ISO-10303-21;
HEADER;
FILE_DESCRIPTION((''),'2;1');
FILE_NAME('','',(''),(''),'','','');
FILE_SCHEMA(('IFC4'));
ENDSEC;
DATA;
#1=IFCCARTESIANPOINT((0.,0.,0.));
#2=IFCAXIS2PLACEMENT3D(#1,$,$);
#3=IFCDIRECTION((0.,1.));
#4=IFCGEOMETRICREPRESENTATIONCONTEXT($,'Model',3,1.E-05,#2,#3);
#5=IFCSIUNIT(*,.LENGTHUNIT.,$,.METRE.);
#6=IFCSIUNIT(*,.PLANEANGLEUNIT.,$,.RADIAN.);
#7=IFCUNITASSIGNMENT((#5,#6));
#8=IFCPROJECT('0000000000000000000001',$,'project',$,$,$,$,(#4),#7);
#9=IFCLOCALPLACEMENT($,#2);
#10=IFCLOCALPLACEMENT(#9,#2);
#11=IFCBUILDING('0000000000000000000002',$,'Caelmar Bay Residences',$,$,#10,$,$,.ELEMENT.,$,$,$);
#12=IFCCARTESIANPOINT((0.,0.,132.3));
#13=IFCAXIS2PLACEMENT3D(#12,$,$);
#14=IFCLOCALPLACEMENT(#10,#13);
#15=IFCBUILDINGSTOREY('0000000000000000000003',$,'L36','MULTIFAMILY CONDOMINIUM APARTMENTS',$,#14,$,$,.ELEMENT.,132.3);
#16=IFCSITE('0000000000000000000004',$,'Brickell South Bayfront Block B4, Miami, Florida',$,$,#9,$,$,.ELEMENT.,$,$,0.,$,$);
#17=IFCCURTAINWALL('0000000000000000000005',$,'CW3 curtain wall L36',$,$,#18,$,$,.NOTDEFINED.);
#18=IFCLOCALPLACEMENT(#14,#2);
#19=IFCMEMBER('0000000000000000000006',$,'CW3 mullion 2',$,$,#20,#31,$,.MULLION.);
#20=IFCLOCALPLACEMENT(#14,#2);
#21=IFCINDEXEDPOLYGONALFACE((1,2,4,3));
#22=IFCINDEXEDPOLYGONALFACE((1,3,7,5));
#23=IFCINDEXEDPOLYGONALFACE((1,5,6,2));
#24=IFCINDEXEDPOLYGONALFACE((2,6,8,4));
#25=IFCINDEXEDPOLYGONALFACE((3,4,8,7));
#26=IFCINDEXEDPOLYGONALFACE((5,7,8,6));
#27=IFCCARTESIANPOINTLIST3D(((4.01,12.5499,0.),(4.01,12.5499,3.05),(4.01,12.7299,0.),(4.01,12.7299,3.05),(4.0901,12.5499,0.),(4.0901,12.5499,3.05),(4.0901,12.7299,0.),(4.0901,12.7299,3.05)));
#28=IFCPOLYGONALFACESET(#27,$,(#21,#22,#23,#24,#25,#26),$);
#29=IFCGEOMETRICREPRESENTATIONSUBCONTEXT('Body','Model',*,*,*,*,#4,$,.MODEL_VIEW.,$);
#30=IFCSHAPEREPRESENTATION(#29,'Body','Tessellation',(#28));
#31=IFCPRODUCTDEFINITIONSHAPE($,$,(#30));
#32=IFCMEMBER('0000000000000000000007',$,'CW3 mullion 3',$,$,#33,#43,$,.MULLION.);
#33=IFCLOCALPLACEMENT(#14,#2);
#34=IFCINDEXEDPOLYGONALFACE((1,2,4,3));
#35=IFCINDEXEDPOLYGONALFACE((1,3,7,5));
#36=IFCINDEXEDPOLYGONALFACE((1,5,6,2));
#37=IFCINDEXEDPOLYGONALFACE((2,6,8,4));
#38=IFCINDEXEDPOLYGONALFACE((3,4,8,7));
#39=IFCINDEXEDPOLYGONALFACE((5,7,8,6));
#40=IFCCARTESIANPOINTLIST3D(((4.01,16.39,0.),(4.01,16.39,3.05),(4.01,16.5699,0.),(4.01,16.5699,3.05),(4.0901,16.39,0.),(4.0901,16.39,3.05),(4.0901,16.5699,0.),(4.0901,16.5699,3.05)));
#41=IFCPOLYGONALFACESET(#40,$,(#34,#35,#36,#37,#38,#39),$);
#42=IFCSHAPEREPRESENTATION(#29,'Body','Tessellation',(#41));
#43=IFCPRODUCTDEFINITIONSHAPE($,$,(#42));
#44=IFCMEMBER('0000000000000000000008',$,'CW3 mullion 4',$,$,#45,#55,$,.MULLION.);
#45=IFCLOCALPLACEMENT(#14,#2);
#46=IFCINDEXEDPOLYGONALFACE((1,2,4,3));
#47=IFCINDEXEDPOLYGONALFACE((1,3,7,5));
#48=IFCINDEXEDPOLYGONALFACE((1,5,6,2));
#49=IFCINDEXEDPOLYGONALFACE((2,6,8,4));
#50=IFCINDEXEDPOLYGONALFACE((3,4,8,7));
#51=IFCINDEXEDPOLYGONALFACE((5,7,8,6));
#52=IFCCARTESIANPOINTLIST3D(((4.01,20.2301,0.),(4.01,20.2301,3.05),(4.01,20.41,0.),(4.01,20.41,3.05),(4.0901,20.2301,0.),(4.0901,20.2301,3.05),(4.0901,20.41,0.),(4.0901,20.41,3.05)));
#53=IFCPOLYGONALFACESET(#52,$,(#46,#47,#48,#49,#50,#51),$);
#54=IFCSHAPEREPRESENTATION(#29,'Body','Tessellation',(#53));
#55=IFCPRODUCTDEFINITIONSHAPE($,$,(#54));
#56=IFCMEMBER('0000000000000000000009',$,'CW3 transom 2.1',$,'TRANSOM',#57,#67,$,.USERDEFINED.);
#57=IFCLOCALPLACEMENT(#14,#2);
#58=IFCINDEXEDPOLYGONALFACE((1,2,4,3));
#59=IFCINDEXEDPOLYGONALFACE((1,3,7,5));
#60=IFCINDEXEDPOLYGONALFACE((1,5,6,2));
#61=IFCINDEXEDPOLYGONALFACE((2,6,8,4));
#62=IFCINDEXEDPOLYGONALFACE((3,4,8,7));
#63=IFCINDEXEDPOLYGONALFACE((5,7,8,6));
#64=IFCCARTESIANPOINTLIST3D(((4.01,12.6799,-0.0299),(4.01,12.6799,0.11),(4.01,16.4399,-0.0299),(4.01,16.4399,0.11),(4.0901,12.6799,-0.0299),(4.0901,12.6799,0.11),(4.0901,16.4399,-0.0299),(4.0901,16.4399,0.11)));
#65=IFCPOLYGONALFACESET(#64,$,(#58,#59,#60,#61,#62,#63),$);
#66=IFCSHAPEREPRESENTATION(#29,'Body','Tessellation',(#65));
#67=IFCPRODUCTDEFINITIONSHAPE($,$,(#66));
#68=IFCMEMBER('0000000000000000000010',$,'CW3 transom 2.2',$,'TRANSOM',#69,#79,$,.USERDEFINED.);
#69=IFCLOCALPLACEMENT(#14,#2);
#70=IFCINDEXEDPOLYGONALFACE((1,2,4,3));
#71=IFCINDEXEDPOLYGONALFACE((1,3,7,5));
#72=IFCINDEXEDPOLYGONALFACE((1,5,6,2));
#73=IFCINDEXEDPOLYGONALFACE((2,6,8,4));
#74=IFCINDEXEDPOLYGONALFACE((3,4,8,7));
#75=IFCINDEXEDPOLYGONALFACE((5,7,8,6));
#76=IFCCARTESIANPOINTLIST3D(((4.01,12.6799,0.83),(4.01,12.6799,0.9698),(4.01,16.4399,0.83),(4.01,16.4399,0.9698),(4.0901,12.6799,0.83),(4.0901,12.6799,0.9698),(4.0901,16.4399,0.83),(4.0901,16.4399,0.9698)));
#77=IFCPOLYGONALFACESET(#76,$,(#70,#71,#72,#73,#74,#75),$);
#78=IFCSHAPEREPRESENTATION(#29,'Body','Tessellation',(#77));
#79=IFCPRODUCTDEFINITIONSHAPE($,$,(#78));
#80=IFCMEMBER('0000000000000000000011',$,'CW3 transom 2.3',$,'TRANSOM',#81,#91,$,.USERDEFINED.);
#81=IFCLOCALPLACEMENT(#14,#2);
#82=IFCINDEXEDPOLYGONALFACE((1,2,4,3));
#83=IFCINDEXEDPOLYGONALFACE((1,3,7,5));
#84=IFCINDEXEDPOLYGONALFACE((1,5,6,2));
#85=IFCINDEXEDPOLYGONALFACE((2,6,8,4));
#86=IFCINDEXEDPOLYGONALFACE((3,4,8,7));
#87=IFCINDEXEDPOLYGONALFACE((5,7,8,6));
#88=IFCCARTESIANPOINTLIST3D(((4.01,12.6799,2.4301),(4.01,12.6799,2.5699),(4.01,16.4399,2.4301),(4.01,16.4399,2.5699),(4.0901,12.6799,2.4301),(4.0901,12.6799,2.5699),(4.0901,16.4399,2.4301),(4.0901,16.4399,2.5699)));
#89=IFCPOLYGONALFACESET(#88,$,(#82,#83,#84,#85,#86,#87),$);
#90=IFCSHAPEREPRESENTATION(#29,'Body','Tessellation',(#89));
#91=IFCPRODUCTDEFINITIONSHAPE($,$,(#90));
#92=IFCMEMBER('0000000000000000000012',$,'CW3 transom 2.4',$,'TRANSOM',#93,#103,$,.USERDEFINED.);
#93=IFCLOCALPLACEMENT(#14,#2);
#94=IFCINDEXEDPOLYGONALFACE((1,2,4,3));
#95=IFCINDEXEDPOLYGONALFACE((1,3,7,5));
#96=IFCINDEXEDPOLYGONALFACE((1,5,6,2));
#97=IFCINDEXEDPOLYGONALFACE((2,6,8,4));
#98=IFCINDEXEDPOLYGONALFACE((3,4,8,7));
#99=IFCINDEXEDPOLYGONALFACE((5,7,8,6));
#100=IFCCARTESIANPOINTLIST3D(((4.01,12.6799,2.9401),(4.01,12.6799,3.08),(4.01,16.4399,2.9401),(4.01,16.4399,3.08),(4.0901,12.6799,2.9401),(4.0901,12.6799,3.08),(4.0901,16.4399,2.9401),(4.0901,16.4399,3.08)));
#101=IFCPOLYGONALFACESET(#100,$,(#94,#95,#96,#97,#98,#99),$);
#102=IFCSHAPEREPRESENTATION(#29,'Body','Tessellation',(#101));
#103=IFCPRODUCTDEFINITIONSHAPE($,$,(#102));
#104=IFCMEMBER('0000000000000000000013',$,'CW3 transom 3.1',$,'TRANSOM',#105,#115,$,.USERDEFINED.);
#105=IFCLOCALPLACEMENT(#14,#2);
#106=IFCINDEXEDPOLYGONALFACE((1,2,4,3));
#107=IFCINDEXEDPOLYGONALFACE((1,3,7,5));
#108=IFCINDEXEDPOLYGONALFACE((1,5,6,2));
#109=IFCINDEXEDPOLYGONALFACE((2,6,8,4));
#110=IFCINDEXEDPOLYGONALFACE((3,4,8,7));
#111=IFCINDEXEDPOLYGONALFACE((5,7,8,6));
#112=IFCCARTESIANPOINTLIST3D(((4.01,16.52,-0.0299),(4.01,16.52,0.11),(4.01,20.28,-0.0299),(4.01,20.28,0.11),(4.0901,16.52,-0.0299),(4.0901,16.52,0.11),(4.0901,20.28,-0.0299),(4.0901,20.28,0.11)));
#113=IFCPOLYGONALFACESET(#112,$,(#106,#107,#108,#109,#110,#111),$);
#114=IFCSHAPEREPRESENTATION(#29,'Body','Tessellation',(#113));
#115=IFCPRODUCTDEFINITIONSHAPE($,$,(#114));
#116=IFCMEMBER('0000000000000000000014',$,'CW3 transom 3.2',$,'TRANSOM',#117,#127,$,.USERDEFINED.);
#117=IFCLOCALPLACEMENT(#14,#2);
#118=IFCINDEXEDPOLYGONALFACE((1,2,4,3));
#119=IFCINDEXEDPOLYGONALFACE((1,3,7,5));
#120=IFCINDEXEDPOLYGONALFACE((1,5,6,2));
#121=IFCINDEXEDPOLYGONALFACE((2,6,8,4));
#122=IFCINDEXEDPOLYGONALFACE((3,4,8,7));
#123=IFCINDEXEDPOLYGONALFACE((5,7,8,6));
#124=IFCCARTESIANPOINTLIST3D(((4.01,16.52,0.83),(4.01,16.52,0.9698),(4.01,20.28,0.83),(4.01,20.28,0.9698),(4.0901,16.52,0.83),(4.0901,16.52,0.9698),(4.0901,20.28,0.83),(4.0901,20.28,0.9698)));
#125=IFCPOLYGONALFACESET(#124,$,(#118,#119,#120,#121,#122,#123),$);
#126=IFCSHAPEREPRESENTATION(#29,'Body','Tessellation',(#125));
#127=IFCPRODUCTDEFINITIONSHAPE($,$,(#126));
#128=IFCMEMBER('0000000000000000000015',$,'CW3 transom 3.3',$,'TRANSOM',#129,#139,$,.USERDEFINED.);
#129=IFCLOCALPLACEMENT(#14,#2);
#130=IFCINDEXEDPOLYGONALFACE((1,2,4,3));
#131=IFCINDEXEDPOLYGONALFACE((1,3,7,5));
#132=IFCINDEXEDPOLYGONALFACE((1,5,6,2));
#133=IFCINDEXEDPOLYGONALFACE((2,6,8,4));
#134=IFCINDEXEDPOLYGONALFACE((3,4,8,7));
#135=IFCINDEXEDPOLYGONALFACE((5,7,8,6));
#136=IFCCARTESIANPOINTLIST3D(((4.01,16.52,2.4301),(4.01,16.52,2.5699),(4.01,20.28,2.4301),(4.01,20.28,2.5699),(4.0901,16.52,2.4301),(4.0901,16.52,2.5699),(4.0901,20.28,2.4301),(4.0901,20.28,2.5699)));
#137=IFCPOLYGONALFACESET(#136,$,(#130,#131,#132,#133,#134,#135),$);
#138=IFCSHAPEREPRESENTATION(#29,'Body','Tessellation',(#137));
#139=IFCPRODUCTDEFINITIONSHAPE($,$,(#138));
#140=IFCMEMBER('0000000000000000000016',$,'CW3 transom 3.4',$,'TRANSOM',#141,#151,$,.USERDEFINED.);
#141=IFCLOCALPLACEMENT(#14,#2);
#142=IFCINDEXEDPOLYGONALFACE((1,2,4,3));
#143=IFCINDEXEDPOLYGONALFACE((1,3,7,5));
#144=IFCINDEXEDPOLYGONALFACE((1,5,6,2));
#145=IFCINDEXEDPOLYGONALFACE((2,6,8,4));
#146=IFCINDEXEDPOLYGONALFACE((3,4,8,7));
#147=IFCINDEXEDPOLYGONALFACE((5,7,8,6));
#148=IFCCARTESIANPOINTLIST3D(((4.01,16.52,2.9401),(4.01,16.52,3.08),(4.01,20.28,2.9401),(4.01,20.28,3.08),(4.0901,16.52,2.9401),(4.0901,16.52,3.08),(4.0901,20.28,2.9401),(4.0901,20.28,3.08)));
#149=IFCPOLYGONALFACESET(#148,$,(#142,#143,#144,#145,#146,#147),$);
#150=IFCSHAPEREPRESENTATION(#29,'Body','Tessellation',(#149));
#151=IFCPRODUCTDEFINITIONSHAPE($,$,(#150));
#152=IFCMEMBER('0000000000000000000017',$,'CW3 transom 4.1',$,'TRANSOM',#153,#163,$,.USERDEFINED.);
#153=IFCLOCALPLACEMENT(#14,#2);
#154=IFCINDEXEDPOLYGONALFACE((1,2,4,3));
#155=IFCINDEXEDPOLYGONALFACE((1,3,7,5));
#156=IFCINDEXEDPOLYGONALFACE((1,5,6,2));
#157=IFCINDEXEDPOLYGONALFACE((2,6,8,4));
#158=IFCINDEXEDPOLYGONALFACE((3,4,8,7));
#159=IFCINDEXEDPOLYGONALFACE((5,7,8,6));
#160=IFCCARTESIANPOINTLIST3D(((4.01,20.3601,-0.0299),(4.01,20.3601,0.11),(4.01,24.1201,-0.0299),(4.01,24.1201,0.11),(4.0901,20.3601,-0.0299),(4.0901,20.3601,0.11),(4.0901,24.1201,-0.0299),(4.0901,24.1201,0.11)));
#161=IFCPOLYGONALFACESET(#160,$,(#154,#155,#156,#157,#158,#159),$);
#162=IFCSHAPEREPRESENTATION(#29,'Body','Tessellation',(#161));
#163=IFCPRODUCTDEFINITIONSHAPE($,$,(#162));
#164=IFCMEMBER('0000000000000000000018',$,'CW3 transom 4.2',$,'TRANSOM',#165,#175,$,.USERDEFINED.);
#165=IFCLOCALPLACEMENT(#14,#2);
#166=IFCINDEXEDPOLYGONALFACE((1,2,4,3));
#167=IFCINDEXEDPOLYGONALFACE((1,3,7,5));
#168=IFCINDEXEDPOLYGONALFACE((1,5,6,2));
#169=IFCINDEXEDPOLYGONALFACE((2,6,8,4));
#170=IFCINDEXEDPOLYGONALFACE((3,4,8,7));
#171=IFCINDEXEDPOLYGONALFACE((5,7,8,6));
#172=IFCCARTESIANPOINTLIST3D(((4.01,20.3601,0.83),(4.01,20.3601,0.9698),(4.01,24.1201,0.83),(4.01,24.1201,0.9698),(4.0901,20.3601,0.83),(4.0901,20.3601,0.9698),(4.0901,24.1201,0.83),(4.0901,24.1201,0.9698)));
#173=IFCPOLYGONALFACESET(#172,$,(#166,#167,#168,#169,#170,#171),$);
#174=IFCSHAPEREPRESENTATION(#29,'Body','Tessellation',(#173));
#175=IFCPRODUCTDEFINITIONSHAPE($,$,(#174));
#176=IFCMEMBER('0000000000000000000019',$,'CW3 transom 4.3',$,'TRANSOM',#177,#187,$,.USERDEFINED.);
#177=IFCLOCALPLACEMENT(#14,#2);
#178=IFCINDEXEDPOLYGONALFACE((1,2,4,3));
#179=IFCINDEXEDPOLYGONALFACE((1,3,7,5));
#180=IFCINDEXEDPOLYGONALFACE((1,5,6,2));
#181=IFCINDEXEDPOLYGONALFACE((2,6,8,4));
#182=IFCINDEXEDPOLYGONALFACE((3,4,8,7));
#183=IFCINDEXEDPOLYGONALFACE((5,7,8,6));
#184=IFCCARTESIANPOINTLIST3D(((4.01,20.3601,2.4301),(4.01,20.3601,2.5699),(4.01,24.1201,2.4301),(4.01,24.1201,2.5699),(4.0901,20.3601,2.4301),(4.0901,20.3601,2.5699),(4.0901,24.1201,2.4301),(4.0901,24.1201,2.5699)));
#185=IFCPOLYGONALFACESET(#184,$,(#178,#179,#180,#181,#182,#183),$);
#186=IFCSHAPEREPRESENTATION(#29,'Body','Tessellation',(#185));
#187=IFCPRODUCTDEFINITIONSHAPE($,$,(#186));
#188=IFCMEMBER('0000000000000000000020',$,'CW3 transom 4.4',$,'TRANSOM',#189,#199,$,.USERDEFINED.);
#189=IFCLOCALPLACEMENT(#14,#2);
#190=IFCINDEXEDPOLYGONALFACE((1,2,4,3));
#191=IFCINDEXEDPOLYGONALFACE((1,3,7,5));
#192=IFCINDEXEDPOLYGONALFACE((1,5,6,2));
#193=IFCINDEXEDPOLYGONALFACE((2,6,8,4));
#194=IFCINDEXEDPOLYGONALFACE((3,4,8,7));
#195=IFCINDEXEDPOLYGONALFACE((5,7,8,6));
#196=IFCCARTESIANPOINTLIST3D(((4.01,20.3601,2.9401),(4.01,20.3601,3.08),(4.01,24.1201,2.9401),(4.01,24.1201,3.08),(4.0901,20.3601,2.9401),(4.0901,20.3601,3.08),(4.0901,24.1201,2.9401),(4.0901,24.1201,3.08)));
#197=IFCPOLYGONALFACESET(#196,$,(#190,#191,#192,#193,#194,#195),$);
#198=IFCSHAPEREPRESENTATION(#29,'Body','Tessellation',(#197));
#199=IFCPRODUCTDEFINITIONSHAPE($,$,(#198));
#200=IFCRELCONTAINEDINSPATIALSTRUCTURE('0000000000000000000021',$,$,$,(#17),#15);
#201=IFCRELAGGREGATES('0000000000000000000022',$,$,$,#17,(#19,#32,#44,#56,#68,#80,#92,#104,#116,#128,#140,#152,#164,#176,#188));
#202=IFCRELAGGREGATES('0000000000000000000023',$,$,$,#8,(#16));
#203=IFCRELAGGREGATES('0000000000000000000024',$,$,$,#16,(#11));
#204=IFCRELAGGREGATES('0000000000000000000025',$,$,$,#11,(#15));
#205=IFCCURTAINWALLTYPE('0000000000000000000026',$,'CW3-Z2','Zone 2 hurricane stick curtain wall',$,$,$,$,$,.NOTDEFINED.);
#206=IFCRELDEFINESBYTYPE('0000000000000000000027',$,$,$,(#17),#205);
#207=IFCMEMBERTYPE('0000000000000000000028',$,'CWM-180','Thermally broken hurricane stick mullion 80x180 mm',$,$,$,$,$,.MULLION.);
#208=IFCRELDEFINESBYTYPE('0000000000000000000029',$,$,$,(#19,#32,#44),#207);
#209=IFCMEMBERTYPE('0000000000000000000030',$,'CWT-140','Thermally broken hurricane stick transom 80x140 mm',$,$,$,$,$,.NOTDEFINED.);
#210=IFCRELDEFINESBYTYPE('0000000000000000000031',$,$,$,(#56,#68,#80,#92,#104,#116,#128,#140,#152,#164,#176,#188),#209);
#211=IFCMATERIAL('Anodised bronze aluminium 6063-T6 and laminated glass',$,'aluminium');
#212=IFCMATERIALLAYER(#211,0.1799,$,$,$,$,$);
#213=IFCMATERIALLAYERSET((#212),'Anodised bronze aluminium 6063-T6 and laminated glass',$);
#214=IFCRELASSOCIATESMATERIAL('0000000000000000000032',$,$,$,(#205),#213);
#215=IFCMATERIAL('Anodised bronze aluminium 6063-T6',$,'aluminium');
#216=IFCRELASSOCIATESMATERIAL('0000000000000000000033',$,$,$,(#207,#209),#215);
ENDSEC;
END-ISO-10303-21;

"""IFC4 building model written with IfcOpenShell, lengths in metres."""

from ifc_helpers import new_model, si_unit, direction, frame, origin, origin_2d, place, context, subcontext, project, spatial, rectangle, extrude, material, layer, layer_set, material_profile, profile_set, type_object, element, aggregate, save


model = new_model("IFC4")

# Units and contexts
model_context = context("Model", 3, precision=1e-05, world=origin(), true_north=direction((0.0, 1.0)))
body_context = subcontext(model_context, "Body", "Model", "MODEL_VIEW")
ifc_project = project(units=[si_unit("LENGTHUNIT", "METRE"), si_unit("PLANEANGLEUNIT", "RADIAN")], contexts=[model_context])

# Site, building, storey
site_placement = place(None, origin())
site = spatial("IfcSite", under=ifc_project, at=site_placement, Name="Brickell South Bayfront Block B4, Miami, Florida", CompositionType="ELEMENT", RefElevation=0.0)
building_placement = place(site_placement, origin())
building = spatial("IfcBuilding", under=site, at=building_placement, Name="Caelmar Bay Residences", CompositionType="ELEMENT")
storey_placement = place(building_placement, frame((0.0, 0.0, 132.3)))
storey = spatial("IfcBuildingStorey", under=building, at=storey_placement, Name="L36", Description="MULTIFAMILY CONDOMINIUM APARTMENTS", CompositionType="ELEMENT", Elevation=132.3)

# Curtain wall, members
ifc_material_1 = material(Name="Anodised bronze aluminium 6063-T6 and laminated glass", Category="aluminium")
ifc_layer_1 = layer(ifc_material_1, 0.1799)
ifc_layer_set_1 = layer_set([ifc_layer_1], Name="Anodised bronze aluminium 6063-T6 and laminated glass")
curtain_wall_type = type_object("IfcCurtainWallType", Name="CW3-Z2", Description="Zone 2 hurricane stick curtain wall", PredefinedType="NOTDEFINED", material=ifc_layer_set_1)
curtain_wall_placement = place(storey_placement, origin())
curtain_wall = element("IfcCurtainWall", 1, at=curtain_wall_placement, inside=storey, type_object=curtain_wall_type, Name="CW3 curtain wall L36", PredefinedType="NOTDEFINED")
ifc_material_2 = material(Name="Anodised bronze aluminium 6063-T6", Category="aluminium")
ifc_material_profile_1 = material_profile(ifc_material_2, rectangle(XDim=0.0801, YDim=0.1799, at=origin_2d()), Name="CWM-80X180")
ifc_profile_set_1 = profile_set([ifc_material_profile_1], Name="Anodised bronze aluminium 6063-T6")
member_type_1 = type_object("IfcMemberType", Name="CWM-180", Description="Thermally broken hurricane stick mullion 80x180 mm", PredefinedType="MULLION", material=ifc_profile_set_1)
member_1_placement = place(storey_placement, frame((4.05, 12.6399, 0.0), z_axis=(0.0, 0.0, 1.0), x_axis=(-1.0, 0.0, 0.0)))
member_1 = element("IfcMember", 2, at=member_1_placement, type_object=member_type_1, Name="CW3 mullion 2", PredefinedType="MULLION", context=body_context, shape_type="SweptSolid", body=[
    extrude(rectangle(XDim=0.0801, YDim=0.1799, at=origin_2d()), origin(), (0.0, 0.0, 1.0), 3.05),
])
member_2_placement = place(storey_placement, frame((4.05, 16.48, 0.0), z_axis=(0.0, 0.0, 1.0), x_axis=(-1.0, 0.0, 0.0)))
member_2 = element("IfcMember", 3, at=member_2_placement, type_object=member_type_1, Name="CW3 mullion 3", PredefinedType="MULLION", context=body_context, shape_type="SweptSolid", body=[
    extrude(rectangle(XDim=0.0801, YDim=0.1799, at=origin_2d()), origin(), (0.0, 0.0, 1.0), 3.05),
])
member_3_placement = place(storey_placement, frame((4.05, 20.3201, 0.0), z_axis=(0.0, 0.0, 1.0), x_axis=(-1.0, 0.0, 0.0)))
member_3 = element("IfcMember", 4, at=member_3_placement, type_object=member_type_1, Name="CW3 mullion 4", PredefinedType="MULLION", context=body_context, shape_type="SweptSolid", body=[
    extrude(rectangle(XDim=0.0801, YDim=0.1799, at=origin_2d()), origin(), (0.0, 0.0, 1.0), 3.05),
])
ifc_material_profile_2 = material_profile(ifc_material_2, rectangle(XDim=0.0801, YDim=0.1399, at=origin_2d()), Name="CWT-80X140")
ifc_profile_set_2 = profile_set([ifc_material_profile_2], Name="Anodised bronze aluminium 6063-T6")
member_type_2 = type_object("IfcMemberType", Name="CWT-140", Description="Thermally broken hurricane stick transom 80x140 mm", PredefinedType="NOTDEFINED", material=ifc_profile_set_2)
member_4_placement = place(storey_placement, frame((4.05, 12.6799, 0.04), z_axis=(0.0, 1.0, 0.0), x_axis=(-1.0, 0.0, 0.0)))
member_4 = element("IfcMember", 5, at=member_4_placement, type_object=member_type_2, Name="CW3 transom 2.1", ObjectType="TRANSOM", PredefinedType="USERDEFINED", context=body_context, shape_type="SweptSolid", body=[
    extrude(rectangle(XDim=0.0801, YDim=0.1399, at=origin_2d()), origin(), (0.0, 0.0, 1.0), 3.76),
])
member_5_placement = place(storey_placement, frame((4.05, 12.6799, 0.8999), z_axis=(0.0, 1.0, 0.0), x_axis=(-1.0, 0.0, 0.0)))
member_5 = element("IfcMember", 6, at=member_5_placement, type_object=member_type_2, Name="CW3 transom 2.2", ObjectType="TRANSOM", PredefinedType="USERDEFINED", context=body_context, shape_type="SweptSolid", body=[
    extrude(rectangle(XDim=0.0801, YDim=0.1399, at=origin_2d()), origin(), (0.0, 0.0, 1.0), 3.76),
])
member_6_placement = place(storey_placement, frame((4.05, 12.6799, 2.5), z_axis=(0.0, 1.0, 0.0), x_axis=(-1.0, 0.0, 0.0)))
member_6 = element("IfcMember", 7, at=member_6_placement, type_object=member_type_2, Name="CW3 transom 2.3", ObjectType="TRANSOM", PredefinedType="USERDEFINED", context=body_context, shape_type="SweptSolid", body=[
    extrude(rectangle(XDim=0.0801, YDim=0.1399, at=origin_2d()), origin(), (0.0, 0.0, 1.0), 3.76),
])
member_7_placement = place(storey_placement, frame((4.05, 12.6799, 3.01), z_axis=(0.0, 1.0, 0.0), x_axis=(-1.0, 0.0, 0.0)))
member_7 = element("IfcMember", 8, at=member_7_placement, type_object=member_type_2, Name="CW3 transom 2.4", ObjectType="TRANSOM", PredefinedType="USERDEFINED", context=body_context, shape_type="SweptSolid", body=[
    extrude(rectangle(XDim=0.0801, YDim=0.1399, at=origin_2d()), origin(), (0.0, 0.0, 1.0), 3.76),
])
member_8_placement = place(storey_placement, frame((4.05, 16.52, 0.04), z_axis=(0.0, 1.0, 0.0), x_axis=(-1.0, 0.0, 0.0)))
member_8 = element("IfcMember", 9, at=member_8_placement, type_object=member_type_2, Name="CW3 transom 3.1", ObjectType="TRANSOM", PredefinedType="USERDEFINED", context=body_context, shape_type="SweptSolid", body=[
    extrude(rectangle(XDim=0.0801, YDim=0.1399, at=origin_2d()), origin(), (0.0, 0.0, 1.0), 3.76),
])
member_9_placement = place(storey_placement, frame((4.05, 16.52, 0.8999), z_axis=(0.0, 1.0, 0.0), x_axis=(-1.0, 0.0, 0.0)))
member_9 = element("IfcMember", 10, at=member_9_placement, type_object=member_type_2, Name="CW3 transom 3.2", ObjectType="TRANSOM", PredefinedType="USERDEFINED", context=body_context, shape_type="SweptSolid", body=[
    extrude(rectangle(XDim=0.0801, YDim=0.1399, at=origin_2d()), origin(), (0.0, 0.0, 1.0), 3.76),
])
member_10_placement = place(storey_placement, frame((4.05, 16.52, 2.5), z_axis=(0.0, 1.0, 0.0), x_axis=(-1.0, 0.0, 0.0)))
member_10 = element("IfcMember", 11, at=member_10_placement, type_object=member_type_2, Name="CW3 transom 3.3", ObjectType="TRANSOM", PredefinedType="USERDEFINED", context=body_context, shape_type="SweptSolid", body=[
    extrude(rectangle(XDim=0.0801, YDim=0.1399, at=origin_2d()), origin(), (0.0, 0.0, 1.0), 3.76),
])
member_11_placement = place(storey_placement, frame((4.05, 16.52, 3.01), z_axis=(0.0, 1.0, 0.0), x_axis=(-1.0, 0.0, 0.0)))
member_11 = element("IfcMember", 12, at=member_11_placement, type_object=member_type_2, Name="CW3 transom 3.4", ObjectType="TRANSOM", PredefinedType="USERDEFINED", context=body_context, shape_type="SweptSolid", body=[
    extrude(rectangle(XDim=0.0801, YDim=0.1399, at=origin_2d()), origin(), (0.0, 0.0, 1.0), 3.76),
])
member_12_placement = place(storey_placement, frame((4.05, 20.3601, 0.04), z_axis=(0.0, 1.0, 0.0), x_axis=(-1.0, 0.0, 0.0)))
member_12 = element("IfcMember", 13, at=member_12_placement, type_object=member_type_2, Name="CW3 transom 4.1", ObjectType="TRANSOM", PredefinedType="USERDEFINED", context=body_context, shape_type="SweptSolid", body=[
    extrude(rectangle(XDim=0.0801, YDim=0.1399, at=origin_2d()), origin(), (0.0, 0.0, 1.0), 3.76),
])
member_13_placement = place(storey_placement, frame((4.05, 20.3601, 0.8999), z_axis=(0.0, 1.0, 0.0), x_axis=(-1.0, 0.0, 0.0)))
member_13 = element("IfcMember", 14, at=member_13_placement, type_object=member_type_2, Name="CW3 transom 4.2", ObjectType="TRANSOM", PredefinedType="USERDEFINED", context=body_context, shape_type="SweptSolid", body=[
    extrude(rectangle(XDim=0.0801, YDim=0.1399, at=origin_2d()), origin(), (0.0, 0.0, 1.0), 3.76),
])
member_14_placement = place(storey_placement, frame((4.05, 20.3601, 2.5), z_axis=(0.0, 1.0, 0.0), x_axis=(-1.0, 0.0, 0.0)))
member_14 = element("IfcMember", 15, at=member_14_placement, type_object=member_type_2, Name="CW3 transom 4.3", ObjectType="TRANSOM", PredefinedType="USERDEFINED", context=body_context, shape_type="SweptSolid", body=[
    extrude(rectangle(XDim=0.0801, YDim=0.1399, at=origin_2d()), origin(), (0.0, 0.0, 1.0), 3.76),
])
member_15_placement = place(storey_placement, frame((4.05, 20.3601, 3.01), z_axis=(0.0, 1.0, 0.0), x_axis=(-1.0, 0.0, 0.0)))
member_15 = element("IfcMember", 16, at=member_15_placement, type_object=member_type_2, Name="CW3 transom 4.4", ObjectType="TRANSOM", PredefinedType="USERDEFINED", context=body_context, shape_type="SweptSolid", body=[
    extrude(rectangle(XDim=0.0801, YDim=0.1399, at=origin_2d()), origin(), (0.0, 0.0, 1.0), 3.76),
])
aggregate(curtain_wall, [member_1, member_2, member_3, member_4, member_5, member_6, member_7, member_8, member_9, member_10, member_11, member_12, member_13, member_14, member_15])

save(model, "model.ifc")
